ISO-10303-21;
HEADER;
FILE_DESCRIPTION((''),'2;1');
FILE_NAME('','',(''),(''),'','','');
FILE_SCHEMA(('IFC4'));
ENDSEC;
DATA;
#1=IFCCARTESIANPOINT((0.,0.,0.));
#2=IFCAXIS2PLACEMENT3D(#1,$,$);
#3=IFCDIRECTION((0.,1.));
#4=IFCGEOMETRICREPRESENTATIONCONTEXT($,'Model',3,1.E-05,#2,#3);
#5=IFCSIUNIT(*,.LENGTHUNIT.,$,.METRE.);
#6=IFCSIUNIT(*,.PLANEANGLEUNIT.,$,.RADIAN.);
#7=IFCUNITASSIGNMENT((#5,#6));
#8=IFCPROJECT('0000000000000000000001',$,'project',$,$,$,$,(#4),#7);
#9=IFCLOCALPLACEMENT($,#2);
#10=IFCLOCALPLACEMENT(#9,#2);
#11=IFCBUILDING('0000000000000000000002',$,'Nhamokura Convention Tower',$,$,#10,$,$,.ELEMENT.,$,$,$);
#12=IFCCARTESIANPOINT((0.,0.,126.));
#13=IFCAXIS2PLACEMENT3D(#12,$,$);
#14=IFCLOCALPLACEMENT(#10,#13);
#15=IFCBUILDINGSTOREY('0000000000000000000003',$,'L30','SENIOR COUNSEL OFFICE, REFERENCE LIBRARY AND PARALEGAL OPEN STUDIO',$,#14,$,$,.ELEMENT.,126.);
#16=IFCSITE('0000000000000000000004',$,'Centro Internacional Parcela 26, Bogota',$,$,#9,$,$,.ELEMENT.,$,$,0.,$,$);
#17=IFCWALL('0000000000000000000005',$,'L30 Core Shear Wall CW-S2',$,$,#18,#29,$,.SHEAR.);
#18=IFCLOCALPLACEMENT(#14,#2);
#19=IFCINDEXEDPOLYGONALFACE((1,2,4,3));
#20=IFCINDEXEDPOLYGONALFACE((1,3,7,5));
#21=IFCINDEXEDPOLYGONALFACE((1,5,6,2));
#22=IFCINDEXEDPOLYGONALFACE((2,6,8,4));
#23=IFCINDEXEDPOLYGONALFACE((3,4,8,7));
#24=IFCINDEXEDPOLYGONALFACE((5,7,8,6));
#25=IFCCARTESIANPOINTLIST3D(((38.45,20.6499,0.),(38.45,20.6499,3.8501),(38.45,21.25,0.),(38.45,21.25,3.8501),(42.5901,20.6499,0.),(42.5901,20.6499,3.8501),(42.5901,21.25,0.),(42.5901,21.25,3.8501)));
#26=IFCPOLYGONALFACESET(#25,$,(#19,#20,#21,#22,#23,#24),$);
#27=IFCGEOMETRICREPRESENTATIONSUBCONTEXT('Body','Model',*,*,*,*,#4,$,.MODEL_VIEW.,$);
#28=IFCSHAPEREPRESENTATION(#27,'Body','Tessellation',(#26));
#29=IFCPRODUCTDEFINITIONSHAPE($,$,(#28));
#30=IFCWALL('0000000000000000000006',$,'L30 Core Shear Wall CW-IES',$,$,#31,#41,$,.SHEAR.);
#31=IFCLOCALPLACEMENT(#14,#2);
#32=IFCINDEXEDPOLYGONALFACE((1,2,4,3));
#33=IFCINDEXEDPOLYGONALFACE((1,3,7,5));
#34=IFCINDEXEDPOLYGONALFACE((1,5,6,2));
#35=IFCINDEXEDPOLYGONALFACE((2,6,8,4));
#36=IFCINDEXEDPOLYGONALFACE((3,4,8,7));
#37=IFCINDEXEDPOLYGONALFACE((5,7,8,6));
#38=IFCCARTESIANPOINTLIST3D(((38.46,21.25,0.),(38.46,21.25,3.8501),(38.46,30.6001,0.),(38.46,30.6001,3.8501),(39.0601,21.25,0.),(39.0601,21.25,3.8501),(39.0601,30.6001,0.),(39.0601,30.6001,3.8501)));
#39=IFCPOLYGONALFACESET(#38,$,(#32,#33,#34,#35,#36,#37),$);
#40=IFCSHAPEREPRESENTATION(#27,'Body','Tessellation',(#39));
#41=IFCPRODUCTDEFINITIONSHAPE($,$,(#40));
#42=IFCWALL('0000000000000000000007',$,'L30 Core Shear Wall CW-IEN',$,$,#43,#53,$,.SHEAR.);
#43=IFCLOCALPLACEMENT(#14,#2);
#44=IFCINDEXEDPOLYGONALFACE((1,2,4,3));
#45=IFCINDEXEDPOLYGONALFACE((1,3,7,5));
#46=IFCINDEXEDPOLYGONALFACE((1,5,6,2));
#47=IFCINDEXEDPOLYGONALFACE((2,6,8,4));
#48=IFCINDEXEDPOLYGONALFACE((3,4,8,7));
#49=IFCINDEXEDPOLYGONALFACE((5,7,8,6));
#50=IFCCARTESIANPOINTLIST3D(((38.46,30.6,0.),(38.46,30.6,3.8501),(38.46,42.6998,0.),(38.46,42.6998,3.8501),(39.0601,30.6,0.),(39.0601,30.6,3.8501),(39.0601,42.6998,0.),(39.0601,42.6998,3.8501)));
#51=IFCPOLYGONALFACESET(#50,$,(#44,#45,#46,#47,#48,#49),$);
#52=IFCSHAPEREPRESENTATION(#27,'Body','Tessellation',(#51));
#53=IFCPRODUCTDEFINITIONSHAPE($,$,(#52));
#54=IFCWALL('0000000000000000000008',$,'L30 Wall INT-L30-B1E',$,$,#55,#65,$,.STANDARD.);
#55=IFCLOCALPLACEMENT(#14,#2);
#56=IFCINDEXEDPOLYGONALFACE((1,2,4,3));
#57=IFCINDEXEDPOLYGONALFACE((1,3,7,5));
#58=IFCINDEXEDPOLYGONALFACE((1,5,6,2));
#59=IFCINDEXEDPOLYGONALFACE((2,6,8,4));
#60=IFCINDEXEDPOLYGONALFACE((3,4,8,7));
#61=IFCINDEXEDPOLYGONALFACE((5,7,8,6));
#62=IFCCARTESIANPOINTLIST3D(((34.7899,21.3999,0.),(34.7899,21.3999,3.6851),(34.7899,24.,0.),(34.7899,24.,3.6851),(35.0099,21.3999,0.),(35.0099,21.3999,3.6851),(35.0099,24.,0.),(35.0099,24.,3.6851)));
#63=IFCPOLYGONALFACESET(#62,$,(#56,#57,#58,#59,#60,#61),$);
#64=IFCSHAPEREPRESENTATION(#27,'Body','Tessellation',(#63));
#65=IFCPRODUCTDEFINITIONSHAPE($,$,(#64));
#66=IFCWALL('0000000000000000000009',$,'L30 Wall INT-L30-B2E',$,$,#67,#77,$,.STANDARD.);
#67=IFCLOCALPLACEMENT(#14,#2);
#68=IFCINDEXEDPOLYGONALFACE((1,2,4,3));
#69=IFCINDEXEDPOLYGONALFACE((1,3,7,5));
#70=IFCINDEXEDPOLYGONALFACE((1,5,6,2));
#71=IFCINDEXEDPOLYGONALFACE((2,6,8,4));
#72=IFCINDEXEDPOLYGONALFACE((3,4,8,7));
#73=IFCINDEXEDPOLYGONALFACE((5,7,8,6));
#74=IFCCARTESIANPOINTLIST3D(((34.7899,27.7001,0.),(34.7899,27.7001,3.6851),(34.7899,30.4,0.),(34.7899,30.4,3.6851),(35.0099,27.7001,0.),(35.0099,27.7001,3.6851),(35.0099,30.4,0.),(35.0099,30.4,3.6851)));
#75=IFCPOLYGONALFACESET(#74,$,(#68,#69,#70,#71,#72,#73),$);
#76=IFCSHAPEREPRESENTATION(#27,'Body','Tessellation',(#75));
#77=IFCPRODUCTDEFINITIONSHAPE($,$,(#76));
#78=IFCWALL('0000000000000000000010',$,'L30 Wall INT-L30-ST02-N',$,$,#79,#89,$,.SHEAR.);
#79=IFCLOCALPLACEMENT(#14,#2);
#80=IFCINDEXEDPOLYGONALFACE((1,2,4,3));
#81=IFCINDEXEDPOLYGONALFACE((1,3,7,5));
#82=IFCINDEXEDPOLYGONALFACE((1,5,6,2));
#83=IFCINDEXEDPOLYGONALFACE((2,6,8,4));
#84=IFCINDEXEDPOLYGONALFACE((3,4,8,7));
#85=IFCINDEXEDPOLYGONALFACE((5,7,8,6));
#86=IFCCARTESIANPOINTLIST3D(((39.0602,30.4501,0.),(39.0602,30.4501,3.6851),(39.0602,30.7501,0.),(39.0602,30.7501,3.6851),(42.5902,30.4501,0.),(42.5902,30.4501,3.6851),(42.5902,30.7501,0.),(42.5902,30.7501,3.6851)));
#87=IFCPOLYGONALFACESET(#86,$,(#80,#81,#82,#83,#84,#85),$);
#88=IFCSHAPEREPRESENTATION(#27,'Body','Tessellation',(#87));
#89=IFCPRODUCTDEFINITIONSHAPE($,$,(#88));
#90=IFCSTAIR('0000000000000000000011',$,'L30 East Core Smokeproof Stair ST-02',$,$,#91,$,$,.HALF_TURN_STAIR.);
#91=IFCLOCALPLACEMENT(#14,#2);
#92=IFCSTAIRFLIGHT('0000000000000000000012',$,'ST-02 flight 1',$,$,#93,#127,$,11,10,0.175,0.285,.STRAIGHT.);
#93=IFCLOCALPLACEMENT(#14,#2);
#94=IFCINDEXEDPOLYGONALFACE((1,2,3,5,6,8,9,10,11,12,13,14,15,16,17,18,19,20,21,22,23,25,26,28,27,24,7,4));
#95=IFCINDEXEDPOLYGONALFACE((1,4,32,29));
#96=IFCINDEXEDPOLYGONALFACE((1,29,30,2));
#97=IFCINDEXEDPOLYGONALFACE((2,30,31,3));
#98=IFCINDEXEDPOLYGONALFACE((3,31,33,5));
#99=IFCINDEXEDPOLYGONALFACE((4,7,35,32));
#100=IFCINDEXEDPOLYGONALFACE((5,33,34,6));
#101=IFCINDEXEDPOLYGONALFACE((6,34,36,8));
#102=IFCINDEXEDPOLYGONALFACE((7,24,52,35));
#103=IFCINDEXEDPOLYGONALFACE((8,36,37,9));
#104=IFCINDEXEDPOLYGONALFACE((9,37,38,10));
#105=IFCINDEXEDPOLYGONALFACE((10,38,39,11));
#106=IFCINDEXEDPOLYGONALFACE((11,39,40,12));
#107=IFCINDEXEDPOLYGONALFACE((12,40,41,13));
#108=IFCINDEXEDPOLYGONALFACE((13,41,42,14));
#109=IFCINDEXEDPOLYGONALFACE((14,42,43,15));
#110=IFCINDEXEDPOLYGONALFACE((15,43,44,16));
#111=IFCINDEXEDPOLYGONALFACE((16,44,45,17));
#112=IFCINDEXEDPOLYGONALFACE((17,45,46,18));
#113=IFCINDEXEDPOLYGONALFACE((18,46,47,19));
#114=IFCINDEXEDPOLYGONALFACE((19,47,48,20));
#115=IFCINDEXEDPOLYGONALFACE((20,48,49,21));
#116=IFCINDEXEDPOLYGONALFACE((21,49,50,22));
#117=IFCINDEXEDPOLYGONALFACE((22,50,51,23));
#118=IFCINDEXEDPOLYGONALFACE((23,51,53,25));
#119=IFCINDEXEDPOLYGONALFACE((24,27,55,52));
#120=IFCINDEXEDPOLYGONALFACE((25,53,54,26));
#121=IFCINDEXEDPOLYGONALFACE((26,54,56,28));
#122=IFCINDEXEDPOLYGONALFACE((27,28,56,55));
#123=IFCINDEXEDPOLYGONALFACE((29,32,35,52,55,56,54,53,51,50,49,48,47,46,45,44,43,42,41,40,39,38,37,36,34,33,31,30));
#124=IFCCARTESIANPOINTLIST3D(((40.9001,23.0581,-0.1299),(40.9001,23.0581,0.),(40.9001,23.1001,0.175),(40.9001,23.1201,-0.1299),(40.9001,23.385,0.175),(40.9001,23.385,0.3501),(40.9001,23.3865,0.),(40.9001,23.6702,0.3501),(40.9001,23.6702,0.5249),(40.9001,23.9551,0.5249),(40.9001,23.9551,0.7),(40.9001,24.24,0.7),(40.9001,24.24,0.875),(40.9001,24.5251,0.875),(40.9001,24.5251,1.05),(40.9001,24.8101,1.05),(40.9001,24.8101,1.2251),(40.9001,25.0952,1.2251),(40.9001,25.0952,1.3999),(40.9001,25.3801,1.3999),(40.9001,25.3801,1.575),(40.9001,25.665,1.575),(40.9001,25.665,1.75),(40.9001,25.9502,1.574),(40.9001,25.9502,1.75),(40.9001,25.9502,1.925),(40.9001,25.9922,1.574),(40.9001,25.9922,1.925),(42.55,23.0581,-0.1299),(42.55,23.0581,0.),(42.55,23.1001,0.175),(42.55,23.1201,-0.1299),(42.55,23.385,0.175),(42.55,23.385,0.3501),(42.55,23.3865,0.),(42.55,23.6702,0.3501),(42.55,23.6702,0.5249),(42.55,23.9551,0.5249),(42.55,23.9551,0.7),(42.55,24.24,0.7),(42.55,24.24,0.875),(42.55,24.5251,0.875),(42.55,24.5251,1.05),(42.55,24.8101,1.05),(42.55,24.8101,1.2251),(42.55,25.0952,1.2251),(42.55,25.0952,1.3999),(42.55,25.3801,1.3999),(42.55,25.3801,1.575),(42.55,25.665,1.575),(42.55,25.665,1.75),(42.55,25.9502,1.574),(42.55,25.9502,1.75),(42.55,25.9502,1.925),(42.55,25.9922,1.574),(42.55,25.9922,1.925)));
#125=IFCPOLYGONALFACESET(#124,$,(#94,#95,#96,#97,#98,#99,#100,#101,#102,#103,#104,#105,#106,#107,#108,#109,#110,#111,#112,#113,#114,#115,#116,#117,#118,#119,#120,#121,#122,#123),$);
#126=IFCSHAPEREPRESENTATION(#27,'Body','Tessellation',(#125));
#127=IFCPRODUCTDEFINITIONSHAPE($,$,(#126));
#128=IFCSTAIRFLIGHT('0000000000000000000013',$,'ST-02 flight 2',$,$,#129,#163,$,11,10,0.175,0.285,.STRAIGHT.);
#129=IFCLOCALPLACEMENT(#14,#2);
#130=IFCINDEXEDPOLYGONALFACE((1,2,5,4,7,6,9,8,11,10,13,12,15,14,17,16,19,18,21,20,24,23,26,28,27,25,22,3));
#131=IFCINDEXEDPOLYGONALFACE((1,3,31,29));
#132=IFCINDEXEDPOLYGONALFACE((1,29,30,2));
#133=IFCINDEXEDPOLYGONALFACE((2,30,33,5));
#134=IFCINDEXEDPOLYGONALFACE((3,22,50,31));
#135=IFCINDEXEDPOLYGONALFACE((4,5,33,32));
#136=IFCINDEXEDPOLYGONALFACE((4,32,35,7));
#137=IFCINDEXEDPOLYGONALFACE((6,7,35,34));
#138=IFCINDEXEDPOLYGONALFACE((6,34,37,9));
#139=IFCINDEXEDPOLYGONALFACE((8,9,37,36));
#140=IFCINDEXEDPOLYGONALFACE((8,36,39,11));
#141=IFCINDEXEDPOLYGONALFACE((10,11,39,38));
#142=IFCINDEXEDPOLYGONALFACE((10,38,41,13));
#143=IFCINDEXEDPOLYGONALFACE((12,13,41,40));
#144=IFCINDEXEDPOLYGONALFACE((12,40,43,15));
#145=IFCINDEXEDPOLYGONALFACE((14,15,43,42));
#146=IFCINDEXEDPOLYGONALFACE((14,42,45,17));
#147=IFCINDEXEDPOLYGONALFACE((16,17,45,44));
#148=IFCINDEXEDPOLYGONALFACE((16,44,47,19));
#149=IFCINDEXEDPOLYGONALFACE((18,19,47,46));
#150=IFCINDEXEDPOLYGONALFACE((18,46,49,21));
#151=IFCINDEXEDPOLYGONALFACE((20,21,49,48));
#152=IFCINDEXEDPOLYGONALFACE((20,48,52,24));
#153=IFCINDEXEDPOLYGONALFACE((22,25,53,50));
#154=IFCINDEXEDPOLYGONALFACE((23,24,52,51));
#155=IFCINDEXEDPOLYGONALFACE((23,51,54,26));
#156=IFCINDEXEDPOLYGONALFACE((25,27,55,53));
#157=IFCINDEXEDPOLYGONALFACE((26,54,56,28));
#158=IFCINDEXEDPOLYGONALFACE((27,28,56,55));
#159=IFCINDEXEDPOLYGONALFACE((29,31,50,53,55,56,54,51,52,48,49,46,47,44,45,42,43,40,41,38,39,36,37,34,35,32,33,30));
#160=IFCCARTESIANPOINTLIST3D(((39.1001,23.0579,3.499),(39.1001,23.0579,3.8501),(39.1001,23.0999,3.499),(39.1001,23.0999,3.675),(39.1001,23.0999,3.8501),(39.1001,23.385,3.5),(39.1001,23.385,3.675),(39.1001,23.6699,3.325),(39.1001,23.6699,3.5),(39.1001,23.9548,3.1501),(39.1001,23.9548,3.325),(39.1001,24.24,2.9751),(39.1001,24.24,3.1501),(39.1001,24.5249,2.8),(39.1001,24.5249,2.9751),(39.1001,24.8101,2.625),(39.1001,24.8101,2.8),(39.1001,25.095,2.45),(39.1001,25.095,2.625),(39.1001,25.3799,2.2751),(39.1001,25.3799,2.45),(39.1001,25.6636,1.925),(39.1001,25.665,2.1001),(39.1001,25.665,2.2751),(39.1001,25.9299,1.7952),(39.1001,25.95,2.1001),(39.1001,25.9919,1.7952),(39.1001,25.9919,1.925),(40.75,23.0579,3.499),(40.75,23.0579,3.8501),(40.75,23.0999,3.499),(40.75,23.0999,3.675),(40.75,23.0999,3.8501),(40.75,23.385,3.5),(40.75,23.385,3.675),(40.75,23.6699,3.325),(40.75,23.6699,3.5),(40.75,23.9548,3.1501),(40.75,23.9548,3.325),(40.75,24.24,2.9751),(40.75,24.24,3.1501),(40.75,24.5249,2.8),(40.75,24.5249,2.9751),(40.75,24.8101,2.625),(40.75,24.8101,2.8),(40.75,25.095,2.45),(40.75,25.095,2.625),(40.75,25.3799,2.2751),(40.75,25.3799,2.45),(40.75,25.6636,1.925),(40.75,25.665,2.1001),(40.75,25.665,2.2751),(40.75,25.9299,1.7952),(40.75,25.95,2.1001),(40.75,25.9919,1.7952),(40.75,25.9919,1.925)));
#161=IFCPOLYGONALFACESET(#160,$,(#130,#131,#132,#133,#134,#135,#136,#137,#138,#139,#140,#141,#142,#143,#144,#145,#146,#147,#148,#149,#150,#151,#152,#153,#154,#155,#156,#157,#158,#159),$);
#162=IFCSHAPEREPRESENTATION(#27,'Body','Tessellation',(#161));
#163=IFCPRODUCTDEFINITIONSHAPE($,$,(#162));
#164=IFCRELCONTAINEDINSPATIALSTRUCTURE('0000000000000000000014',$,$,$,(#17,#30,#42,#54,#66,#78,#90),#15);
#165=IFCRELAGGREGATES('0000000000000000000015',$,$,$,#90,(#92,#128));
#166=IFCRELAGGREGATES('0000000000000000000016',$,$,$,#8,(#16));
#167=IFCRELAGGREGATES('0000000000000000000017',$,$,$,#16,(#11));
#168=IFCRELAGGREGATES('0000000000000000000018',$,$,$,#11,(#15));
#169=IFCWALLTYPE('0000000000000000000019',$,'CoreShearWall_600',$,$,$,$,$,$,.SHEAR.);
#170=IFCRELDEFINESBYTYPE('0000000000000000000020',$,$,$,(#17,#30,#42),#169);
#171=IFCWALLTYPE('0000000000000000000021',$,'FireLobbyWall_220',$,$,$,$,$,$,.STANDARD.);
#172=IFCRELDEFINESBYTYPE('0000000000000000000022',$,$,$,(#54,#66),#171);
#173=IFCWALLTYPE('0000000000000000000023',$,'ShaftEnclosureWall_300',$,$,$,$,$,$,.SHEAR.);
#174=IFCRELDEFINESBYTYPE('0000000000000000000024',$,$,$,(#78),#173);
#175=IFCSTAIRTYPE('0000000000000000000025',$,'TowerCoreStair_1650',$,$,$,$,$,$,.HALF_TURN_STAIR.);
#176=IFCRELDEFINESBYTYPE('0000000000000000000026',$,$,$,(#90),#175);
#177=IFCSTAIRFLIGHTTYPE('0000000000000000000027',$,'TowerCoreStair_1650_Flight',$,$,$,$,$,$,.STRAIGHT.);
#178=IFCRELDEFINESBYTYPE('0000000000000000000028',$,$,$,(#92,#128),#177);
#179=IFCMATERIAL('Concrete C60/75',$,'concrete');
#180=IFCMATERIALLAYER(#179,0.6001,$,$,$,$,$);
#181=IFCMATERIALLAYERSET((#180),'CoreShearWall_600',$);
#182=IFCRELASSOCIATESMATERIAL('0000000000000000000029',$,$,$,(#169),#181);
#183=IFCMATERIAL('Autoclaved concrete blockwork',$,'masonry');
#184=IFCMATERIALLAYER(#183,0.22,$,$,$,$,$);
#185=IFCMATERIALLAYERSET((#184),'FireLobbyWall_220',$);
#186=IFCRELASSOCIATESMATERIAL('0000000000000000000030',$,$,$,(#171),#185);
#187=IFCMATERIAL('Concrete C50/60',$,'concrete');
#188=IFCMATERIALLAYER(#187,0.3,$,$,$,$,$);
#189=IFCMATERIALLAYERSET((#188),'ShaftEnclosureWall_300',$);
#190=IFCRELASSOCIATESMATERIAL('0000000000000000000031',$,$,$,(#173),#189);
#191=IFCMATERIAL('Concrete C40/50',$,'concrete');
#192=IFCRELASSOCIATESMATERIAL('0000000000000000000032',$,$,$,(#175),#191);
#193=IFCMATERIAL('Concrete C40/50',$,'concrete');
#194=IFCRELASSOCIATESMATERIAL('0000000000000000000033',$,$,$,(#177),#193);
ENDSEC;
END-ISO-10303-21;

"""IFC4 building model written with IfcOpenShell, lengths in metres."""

from ifc_helpers import new_model, si_unit, direction, frame, frame_2d, origin, place, context, subcontext, project, spatial, polyline, rectangle, outline, extrude, material, layer, layer_set, type_object, element, aggregate, save


model = new_model("IFC4")

# Units and contexts
model_context = context("Model", 3, precision=1e-05, world=origin(), true_north=direction((0.0, 1.0)))
body_context = subcontext(model_context, "Body", "Model", "MODEL_VIEW")
ifc_project = project(units=[si_unit("LENGTHUNIT", "METRE"), si_unit("PLANEANGLEUNIT", "RADIAN")], contexts=[model_context])

# Site, building, storey
site_placement = place(None, origin())
site = spatial("IfcSite", under=ifc_project, at=site_placement, Name="Centro Internacional Parcela 26, Bogota", CompositionType="ELEMENT", RefElevation=0.0)
building_placement = place(site_placement, origin())
building = spatial("IfcBuilding", under=site, at=building_placement, Name="Nhamokura Convention Tower", CompositionType="ELEMENT")
storey_placement = place(building_placement, frame((0.0, 0.0, 126.0)))
storey = spatial("IfcBuildingStorey", under=building, at=storey_placement, Name="L30", Description="SENIOR COUNSEL OFFICE, REFERENCE LIBRARY AND PARALEGAL OPEN STUDIO", CompositionType="ELEMENT", Elevation=126.0)

# Shared definitions
ifc_material_1 = material(Name="Concrete C60/75", Category="concrete")
ifc_layer_1 = layer(ifc_material_1, 0.6001)
ifc_layer_set_1 = layer_set([ifc_layer_1], Name="CoreShearWall_600")
wall_type_1 = type_object("IfcWallType", Name="CoreShearWall_600", PredefinedType="SHEAR", material=ifc_layer_set_1)

# Walls
wall_1_placement = place(storey_placement, frame((38.45, 20.95, 0.0), z_axis=(0.0, 0.0, 1.0), x_axis=(1.0, 0.0, 0.0)))
element("IfcWall", 1, at=wall_1_placement, inside=storey, type_object=wall_type_1, Name="L30 Core Shear Wall CW-S2", PredefinedType="SHEAR", context=body_context, shape_type="SweptSolid", body=[
    extrude(rectangle(XDim=4.1401, YDim=0.6001, at=frame_2d((2.0701, 0.0))), origin(), (0.0, 0.0, 1.0), 3.8501),
])
wall_2_placement = place(storey_placement, frame((38.76, 21.25, 0.0), z_axis=(0.0, 0.0, 1.0), x_axis=(0.0, 1.0, 0.0)))
element("IfcWall", 2, at=wall_2_placement, inside=storey, type_object=wall_type_1, Name="L30 Core Shear Wall CW-IES", PredefinedType="SHEAR", context=body_context, shape_type="SweptSolid", body=[
    extrude(rectangle(XDim=9.3501, YDim=0.6001, at=frame_2d((4.675, 0.0))), origin(), (0.0, 0.0, 1.0), 3.8501),
])
wall_3_placement = place(storey_placement, frame((38.76, 30.6001, 0.0), z_axis=(0.0, 0.0, 1.0), x_axis=(0.0, 1.0, 0.0)))
element("IfcWall", 3, at=wall_3_placement, inside=storey, type_object=wall_type_1, Name="L30 Core Shear Wall CW-IEN", PredefinedType="SHEAR", context=body_context, shape_type="SweptSolid", body=[
    extrude(rectangle(XDim=12.0999, YDim=0.6001, at=frame_2d((6.0498, 0.0))), origin(), (0.0, 0.0, 1.0), 3.8501),
])

# Shared definitions
ifc_material_2 = material(Name="Autoclaved concrete blockwork", Category="masonry")
ifc_layer_2 = layer(ifc_material_2, 0.22)
ifc_layer_set_2 = layer_set([ifc_layer_2], Name="FireLobbyWall_220")
wall_type_2 = type_object("IfcWallType", Name="FireLobbyWall_220", PredefinedType="STANDARD", material=ifc_layer_set_2)

# Walls
wall_4_placement = place(storey_placement, frame((34.8999, 21.3999, 0.0), z_axis=(0.0, 0.0, 1.0), x_axis=(0.0, 1.0, 0.0)))
element("IfcWall", 4, at=wall_4_placement, inside=storey, type_object=wall_type_2, Name="L30 Wall INT-L30-B1E", PredefinedType="STANDARD", context=body_context, shape_type="SweptSolid", body=[
    extrude(rectangle(XDim=2.6001, YDim=0.22, at=frame_2d((1.3, 0.0))), origin(), (0.0, 0.0, 1.0), 3.6851),
])
wall_5_placement = place(storey_placement, frame((34.8999, 27.7, 0.0), z_axis=(0.0, 0.0, 1.0), x_axis=(0.0, 1.0, 0.0)))
element("IfcWall", 5, at=wall_5_placement, inside=storey, type_object=wall_type_2, Name="L30 Wall INT-L30-B2E", PredefinedType="STANDARD", context=body_context, shape_type="SweptSolid", body=[
    extrude(rectangle(XDim=2.7, YDim=0.22, at=frame_2d((1.3501, 0.0))), origin(), (0.0, 0.0, 1.0), 3.6851),
])
ifc_material_3 = material(Name="Concrete C50/60", Category="concrete")
ifc_layer_3 = layer(ifc_material_3, 0.3)
ifc_layer_set_3 = layer_set([ifc_layer_3], Name="ShaftEnclosureWall_300")
wall_type_3 = type_object("IfcWallType", Name="ShaftEnclosureWall_300", PredefinedType="SHEAR", material=ifc_layer_set_3)
wall_6_placement = place(storey_placement, frame((39.0601, 30.6001, 0.0), z_axis=(0.0, 0.0, 1.0), x_axis=(1.0, 0.0, 0.0)))
element("IfcWall", 6, at=wall_6_placement, inside=storey, type_object=wall_type_3, Name="L30 Wall INT-L30-ST02-N", PredefinedType="SHEAR", context=body_context, shape_type="SweptSolid", body=[
    extrude(rectangle(XDim=3.53, YDim=0.3, at=frame_2d((1.7651, 0.0))), origin(), (0.0, 0.0, 1.0), 3.6851),
])

# Stair, stair flights
ifc_material_4 = material(Name="Concrete C40/50", Category="concrete")
stair_type = type_object("IfcStairType", Name="TowerCoreStair_1650", PredefinedType="HALF_TURN_STAIR", material=ifc_material_4)
stair_placement = place(storey_placement, origin())
stair = element("IfcStair", 7, at=stair_placement, inside=storey, type_object=stair_type, Name="L30 East Core Smokeproof Stair ST-02", PredefinedType="HALF_TURN_STAIR")
ifc_material_5 = material(Name="Concrete C40/50", Category="concrete")
stair_flight_type = type_object("IfcStairFlightType", Name="TowerCoreStair_1650_Flight", PredefinedType="STRAIGHT", material=ifc_material_5)
stair_flight_1_placement = place(storey_placement, frame((41.7251, 23.1001, 0.0), z_axis=(0.0, 0.0, 1.0), x_axis=(0.0, 1.0, 0.0)))
stair_flight_1 = element("IfcStairFlight", 8, at=stair_flight_1_placement, type_object=stair_flight_type, Name="ST-02 flight 1", NumberOfRisers=11, NumberOfTreads=10, PredefinedType="STRAIGHT", RiserHeight=0.175, TreadLength=0.285, context=body_context, shape_type="SweptSolid", body=[
    extrude(outline(polyline([(-0.042, 0.0), (0.0, 0.175), (0.2849, 0.175), (0.2849, 0.3501), (0.5701, 0.3501), (0.5701, 0.5249), (0.855, 0.5249), (0.855, 0.7), (1.1399, 0.7), (1.1399, 0.875), (1.425, 0.875), (1.425, 1.05), (1.71, 1.05), (1.71, 1.2251), (1.9951, 1.2251), (1.9951, 1.3999), (2.28, 1.3999), (2.28, 1.575), (2.5649, 1.575), (2.5649, 1.75), (2.8501, 1.75), (2.8501, 1.925), (2.8921, 1.925), (2.8921, 1.574), (2.8501, 1.574), (0.2864, 0.0), (0.02, -0.1299), (-0.042, -0.1299), (-0.042, 0.0)])), frame((0.0, 0.825, 0.0), z_axis=(0.0, -1.0, 0.0), x_axis=(1.0, 0.0, 0.0)), (0.0, 0.0, 1.0), 1.6499),
])
stair_flight_2_placement = place(storey_placement, frame((39.925, 25.95, 1.925), z_axis=(0.0, 0.0, 1.0), x_axis=(0.0, -1.0, 0.0)))
stair_flight_2 = element("IfcStairFlight", 9, at=stair_flight_2_placement, type_object=stair_flight_type, Name="ST-02 flight 2", NumberOfRisers=11, NumberOfTreads=10, PredefinedType="STRAIGHT", RiserHeight=0.175, TreadLength=0.285, context=body_context, shape_type="SweptSolid", body=[
    extrude(outline(polyline([(-0.042, 0.0), (0.0, 0.175), (0.2849, 0.175), (0.2849, 0.3501), (0.5701, 0.3501), (0.5701, 0.5249), (0.855, 0.5249), (0.855, 0.7), (1.1399, 0.7), (1.1399, 0.875), (1.425, 0.875), (1.425, 1.05), (1.71, 1.05), (1.71, 1.2251), (1.9951, 1.2251), (1.9951, 1.3999), (2.28, 1.3999), (2.28, 1.575), (2.5649, 1.575), (2.5649, 1.75), (2.8501, 1.75), (2.8501, 1.925), (2.8921, 1.925), (2.8921, 1.574), (2.8501, 1.574), (0.2864, 0.0), (0.02, -0.1299), (-0.042, -0.1299), (-0.042, 0.0)])), frame((0.0, 0.825, 0.0), z_axis=(0.0, -1.0, 0.0), x_axis=(1.0, 0.0, 0.0)), (0.0, 0.0, 1.0), 1.6499),
])
aggregate(stair, [stair_flight_1, stair_flight_2])

save(model, "model.ifc")
